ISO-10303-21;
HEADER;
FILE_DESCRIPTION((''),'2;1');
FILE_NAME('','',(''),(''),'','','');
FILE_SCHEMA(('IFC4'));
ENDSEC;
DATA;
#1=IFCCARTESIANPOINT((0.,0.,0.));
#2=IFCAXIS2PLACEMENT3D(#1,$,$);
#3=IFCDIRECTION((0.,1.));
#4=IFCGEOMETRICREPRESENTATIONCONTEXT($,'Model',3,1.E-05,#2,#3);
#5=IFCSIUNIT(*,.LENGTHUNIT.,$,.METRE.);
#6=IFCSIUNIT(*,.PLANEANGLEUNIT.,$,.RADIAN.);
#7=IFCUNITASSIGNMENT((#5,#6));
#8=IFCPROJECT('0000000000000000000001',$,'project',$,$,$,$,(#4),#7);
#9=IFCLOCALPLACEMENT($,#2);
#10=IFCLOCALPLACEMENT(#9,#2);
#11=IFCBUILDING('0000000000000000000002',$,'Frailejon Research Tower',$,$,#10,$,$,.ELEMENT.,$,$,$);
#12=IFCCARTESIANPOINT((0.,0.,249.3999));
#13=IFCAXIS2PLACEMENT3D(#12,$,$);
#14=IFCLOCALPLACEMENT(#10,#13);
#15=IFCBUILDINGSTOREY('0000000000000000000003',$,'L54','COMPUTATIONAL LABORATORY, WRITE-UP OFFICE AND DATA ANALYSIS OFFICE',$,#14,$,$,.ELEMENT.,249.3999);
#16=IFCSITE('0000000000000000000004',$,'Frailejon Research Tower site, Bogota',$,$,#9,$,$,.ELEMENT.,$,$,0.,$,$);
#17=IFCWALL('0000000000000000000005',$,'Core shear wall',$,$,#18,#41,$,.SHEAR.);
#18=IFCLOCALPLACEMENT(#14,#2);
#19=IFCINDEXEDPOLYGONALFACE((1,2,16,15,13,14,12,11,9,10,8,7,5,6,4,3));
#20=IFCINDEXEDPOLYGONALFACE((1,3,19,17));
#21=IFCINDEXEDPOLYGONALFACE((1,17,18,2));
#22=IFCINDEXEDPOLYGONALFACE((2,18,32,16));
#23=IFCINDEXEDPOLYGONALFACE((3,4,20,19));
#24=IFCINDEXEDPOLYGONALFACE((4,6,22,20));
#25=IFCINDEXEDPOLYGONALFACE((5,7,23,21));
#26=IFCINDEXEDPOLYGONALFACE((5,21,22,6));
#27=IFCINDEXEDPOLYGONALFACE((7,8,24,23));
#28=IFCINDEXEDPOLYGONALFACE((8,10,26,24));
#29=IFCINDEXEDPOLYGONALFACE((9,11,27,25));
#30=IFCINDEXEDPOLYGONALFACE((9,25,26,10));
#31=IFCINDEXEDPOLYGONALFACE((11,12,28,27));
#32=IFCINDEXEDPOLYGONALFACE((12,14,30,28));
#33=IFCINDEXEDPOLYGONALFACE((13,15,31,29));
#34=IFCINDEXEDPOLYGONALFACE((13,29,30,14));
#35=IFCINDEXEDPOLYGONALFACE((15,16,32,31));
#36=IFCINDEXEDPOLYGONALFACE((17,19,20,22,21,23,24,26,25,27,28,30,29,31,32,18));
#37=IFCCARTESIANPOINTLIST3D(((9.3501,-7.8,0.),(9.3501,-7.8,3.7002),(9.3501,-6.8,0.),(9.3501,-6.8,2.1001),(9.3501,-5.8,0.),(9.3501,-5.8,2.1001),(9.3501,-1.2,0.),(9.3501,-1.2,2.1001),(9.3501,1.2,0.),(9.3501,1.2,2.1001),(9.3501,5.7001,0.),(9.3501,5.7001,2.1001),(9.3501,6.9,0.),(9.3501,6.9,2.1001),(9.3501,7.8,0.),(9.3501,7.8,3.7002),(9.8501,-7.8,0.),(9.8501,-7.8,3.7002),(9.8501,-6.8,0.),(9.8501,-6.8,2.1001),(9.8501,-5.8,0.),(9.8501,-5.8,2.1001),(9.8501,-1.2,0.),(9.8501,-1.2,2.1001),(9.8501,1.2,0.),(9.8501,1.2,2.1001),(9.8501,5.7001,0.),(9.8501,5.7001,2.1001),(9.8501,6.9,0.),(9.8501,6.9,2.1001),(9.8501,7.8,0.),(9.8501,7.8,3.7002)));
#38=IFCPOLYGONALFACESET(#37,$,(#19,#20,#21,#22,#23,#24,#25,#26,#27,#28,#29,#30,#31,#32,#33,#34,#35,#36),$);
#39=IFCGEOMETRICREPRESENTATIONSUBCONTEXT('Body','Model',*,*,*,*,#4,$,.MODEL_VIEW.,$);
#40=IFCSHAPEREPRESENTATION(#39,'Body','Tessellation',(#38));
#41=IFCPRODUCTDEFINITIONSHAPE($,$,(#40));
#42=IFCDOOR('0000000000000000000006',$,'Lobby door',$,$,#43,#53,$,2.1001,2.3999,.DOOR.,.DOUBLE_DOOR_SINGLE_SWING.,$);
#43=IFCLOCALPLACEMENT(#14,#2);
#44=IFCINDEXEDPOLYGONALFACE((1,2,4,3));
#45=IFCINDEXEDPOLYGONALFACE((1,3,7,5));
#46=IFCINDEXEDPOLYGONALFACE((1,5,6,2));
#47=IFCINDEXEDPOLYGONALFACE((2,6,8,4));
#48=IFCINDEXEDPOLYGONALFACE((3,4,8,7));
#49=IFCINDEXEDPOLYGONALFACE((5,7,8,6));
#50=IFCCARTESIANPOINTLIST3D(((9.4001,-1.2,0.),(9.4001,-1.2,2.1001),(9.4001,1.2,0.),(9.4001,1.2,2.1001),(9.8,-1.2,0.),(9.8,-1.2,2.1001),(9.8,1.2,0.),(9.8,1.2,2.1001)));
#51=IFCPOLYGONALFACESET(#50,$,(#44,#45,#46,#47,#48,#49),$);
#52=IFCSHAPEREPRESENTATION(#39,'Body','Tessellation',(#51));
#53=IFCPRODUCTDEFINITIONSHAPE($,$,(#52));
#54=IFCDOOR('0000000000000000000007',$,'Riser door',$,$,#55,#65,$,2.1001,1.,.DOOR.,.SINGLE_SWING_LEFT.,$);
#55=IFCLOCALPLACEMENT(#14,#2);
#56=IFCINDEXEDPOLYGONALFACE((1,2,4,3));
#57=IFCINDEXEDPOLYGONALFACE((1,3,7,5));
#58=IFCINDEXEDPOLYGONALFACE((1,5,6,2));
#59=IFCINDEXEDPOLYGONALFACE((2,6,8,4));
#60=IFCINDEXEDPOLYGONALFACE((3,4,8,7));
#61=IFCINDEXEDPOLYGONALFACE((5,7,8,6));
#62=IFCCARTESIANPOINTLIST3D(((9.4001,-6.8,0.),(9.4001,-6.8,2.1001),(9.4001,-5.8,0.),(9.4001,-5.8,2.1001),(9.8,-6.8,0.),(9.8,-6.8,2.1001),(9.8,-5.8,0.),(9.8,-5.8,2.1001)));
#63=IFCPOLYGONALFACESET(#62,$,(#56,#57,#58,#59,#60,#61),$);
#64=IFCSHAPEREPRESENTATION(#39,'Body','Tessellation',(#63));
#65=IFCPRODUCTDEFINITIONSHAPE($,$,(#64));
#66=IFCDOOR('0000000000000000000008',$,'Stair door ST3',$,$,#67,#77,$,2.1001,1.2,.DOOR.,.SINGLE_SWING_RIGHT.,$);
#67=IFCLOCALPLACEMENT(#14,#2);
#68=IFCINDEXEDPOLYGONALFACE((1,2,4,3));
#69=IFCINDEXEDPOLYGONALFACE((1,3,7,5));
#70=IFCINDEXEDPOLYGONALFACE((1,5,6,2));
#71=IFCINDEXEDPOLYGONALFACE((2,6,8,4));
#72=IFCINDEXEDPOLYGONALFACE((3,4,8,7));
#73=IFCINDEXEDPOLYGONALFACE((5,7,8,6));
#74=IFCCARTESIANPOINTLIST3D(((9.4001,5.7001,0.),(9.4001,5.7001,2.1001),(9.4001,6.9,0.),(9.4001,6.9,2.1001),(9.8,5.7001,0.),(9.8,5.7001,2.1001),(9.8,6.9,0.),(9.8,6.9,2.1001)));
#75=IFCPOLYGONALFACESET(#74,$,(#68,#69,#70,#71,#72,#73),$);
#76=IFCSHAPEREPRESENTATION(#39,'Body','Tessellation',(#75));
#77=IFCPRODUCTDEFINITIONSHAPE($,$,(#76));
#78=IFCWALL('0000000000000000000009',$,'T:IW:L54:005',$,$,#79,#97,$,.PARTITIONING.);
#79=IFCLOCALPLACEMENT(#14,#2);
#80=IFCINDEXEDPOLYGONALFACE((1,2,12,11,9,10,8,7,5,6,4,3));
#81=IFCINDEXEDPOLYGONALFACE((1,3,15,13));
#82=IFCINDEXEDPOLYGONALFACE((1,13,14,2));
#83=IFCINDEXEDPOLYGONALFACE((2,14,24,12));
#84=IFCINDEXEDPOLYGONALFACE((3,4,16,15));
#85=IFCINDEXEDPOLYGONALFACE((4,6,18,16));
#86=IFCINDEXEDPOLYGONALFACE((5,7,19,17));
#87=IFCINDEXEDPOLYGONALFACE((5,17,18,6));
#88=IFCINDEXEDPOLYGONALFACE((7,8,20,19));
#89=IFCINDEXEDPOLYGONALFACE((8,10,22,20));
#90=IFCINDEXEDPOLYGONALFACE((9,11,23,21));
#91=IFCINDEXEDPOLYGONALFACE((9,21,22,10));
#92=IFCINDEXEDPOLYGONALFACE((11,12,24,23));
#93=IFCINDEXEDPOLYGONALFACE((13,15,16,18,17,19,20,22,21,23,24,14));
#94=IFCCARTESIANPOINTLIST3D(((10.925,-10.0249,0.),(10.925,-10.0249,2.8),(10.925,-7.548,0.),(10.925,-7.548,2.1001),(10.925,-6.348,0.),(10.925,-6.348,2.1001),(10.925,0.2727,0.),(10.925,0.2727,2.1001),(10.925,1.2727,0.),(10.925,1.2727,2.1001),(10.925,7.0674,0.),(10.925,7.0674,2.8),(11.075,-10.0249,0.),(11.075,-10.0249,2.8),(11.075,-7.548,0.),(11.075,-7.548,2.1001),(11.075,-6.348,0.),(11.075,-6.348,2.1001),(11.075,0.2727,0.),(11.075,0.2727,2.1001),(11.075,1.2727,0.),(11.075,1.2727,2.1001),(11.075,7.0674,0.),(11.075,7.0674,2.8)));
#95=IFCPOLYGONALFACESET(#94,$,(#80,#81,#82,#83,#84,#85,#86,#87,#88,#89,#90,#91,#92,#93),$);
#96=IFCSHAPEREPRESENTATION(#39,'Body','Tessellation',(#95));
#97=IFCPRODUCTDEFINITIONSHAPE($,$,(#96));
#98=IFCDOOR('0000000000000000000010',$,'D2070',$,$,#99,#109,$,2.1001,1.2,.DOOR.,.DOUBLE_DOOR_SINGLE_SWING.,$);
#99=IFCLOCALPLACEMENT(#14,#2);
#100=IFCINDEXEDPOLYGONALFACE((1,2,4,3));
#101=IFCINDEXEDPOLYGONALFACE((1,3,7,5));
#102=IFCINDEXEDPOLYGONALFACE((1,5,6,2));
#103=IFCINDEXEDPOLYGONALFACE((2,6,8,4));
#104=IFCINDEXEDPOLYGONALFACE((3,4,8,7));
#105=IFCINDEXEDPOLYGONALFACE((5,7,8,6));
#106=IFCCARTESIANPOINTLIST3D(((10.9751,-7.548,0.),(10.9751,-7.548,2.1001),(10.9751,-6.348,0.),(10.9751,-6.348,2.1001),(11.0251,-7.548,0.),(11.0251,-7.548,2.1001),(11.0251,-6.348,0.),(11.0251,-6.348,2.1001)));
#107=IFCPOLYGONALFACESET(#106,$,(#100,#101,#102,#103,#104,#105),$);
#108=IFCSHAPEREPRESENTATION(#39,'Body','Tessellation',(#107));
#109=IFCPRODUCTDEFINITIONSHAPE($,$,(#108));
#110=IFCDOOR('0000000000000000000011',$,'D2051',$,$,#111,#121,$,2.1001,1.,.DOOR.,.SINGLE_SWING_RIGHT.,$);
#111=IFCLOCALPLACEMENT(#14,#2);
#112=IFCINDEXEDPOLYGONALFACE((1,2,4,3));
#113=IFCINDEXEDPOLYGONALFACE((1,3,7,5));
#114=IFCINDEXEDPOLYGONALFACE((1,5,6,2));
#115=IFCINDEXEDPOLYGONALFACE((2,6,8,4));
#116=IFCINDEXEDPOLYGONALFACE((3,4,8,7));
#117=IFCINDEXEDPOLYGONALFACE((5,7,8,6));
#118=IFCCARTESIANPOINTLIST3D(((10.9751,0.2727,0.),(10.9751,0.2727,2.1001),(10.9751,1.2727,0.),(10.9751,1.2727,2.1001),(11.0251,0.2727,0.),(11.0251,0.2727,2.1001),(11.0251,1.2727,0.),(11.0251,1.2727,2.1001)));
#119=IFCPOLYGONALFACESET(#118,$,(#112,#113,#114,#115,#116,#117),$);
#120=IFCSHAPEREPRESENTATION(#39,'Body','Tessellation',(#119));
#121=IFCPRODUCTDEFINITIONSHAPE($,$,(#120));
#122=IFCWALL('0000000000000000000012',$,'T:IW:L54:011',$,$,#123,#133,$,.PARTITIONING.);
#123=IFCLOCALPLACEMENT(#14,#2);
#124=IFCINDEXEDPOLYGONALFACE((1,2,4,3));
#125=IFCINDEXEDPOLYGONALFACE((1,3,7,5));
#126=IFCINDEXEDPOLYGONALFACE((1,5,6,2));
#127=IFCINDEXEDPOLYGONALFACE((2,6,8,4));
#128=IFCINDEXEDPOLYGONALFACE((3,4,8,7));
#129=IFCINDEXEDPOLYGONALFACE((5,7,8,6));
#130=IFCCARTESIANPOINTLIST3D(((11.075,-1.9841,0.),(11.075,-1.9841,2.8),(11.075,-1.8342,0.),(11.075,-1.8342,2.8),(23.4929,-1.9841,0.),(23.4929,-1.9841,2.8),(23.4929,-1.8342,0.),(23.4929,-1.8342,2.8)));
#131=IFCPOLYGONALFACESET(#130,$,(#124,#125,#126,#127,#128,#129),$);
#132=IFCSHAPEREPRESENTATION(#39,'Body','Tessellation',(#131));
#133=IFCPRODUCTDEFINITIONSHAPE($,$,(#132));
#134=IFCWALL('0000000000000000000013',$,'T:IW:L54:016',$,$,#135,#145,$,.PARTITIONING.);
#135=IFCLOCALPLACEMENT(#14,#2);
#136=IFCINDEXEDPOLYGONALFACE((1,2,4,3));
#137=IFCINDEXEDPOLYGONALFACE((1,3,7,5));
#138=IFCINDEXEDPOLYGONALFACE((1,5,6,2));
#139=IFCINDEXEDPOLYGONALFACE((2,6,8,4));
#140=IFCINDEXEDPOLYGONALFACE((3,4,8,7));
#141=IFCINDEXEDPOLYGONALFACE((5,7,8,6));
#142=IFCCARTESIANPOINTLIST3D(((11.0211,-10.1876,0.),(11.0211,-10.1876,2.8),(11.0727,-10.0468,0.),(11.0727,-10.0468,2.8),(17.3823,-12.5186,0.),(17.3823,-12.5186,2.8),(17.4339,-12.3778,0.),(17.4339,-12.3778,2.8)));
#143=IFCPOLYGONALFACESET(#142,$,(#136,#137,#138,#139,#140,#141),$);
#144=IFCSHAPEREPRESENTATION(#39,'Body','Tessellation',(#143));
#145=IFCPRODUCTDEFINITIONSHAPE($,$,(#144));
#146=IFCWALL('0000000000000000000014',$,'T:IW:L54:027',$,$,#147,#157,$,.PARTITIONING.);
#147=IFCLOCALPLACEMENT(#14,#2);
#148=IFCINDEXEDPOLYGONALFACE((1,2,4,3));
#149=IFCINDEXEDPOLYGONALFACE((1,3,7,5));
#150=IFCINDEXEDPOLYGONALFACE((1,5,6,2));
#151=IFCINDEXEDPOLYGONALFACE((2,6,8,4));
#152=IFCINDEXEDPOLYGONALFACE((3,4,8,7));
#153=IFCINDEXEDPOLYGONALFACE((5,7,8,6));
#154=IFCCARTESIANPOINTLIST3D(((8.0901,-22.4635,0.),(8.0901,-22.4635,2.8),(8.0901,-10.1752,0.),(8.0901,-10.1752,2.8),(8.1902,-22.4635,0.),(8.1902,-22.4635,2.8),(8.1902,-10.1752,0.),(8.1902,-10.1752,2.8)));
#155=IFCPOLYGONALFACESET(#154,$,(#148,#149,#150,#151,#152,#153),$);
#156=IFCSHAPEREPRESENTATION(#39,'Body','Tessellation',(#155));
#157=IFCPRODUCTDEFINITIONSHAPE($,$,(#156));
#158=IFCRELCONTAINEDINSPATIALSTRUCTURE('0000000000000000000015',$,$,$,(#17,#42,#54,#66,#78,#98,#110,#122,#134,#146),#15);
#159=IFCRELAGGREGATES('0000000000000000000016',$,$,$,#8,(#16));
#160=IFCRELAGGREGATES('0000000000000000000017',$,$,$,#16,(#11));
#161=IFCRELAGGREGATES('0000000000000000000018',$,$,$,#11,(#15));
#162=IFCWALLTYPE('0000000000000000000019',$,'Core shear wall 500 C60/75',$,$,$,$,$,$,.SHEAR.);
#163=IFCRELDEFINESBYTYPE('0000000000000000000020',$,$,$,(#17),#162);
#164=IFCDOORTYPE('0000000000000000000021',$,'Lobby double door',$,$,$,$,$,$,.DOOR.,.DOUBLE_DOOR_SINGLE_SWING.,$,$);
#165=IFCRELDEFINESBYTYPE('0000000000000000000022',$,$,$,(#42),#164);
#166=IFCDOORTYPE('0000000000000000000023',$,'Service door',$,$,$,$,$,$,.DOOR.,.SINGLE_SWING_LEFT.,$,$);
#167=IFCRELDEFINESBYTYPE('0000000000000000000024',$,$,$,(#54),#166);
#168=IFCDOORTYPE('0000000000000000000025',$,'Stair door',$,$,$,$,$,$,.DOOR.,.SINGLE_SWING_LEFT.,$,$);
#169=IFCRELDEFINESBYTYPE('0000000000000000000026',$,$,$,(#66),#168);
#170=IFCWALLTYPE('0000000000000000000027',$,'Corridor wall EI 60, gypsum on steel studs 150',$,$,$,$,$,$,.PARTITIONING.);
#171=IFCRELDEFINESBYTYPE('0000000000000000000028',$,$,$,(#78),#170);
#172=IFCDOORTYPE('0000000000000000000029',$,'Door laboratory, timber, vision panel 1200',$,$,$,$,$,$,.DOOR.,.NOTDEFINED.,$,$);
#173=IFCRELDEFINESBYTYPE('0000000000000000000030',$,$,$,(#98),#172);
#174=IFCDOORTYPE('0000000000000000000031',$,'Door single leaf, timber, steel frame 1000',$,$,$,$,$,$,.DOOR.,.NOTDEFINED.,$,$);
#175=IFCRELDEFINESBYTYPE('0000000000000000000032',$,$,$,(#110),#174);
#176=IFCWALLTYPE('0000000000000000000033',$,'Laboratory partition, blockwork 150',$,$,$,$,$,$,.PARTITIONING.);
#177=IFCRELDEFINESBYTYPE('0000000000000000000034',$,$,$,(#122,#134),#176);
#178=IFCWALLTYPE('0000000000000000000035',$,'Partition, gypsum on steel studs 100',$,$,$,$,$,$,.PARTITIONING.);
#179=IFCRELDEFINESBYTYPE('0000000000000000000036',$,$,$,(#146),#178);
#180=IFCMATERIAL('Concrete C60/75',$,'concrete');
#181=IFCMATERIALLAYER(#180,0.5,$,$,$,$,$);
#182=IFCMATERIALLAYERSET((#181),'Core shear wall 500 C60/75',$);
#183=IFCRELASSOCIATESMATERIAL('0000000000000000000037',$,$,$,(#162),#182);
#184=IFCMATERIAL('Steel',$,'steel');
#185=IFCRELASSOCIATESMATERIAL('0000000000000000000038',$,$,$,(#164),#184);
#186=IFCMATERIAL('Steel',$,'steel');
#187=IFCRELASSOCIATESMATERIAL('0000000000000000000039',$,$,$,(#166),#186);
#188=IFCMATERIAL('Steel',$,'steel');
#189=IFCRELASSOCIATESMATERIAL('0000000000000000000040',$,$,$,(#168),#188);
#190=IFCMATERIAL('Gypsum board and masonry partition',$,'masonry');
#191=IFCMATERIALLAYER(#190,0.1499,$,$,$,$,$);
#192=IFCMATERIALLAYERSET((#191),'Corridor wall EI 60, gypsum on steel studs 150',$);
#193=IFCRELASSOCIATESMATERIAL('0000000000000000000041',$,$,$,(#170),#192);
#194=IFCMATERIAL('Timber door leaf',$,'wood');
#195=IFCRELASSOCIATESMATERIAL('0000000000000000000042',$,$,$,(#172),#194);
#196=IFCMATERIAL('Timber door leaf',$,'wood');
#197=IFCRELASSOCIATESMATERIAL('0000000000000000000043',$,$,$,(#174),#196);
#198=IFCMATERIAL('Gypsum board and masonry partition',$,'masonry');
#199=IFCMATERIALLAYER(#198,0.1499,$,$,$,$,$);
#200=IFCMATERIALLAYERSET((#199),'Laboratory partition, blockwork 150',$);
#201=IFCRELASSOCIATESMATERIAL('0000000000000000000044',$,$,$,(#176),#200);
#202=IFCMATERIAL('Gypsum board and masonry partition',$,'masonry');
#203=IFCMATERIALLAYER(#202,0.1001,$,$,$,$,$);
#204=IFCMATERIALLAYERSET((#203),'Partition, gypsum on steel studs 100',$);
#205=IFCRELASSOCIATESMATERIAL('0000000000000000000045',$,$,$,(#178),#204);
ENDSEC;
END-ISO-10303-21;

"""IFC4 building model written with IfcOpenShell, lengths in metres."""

from ifc_helpers import new_model, si_unit, direction, frame, frame_2d, origin, place, context, subcontext, project, spatial, rectangle, extrude, material, layer, layer_set, type_object, element, fill, save


model = new_model("IFC4")

# Units and contexts
model_context = context("Model", 3, precision=1e-05, world=origin(), true_north=direction((0.0, 1.0)))
body_context = subcontext(model_context, "Body", "Model", "MODEL_VIEW")
ifc_project = project(units=[si_unit("LENGTHUNIT", "METRE"), si_unit("PLANEANGLEUNIT", "RADIAN")], contexts=[model_context])

# Site, building, storey
site_placement = place(None, origin())
site = spatial("IfcSite", under=ifc_project, at=site_placement, Name="Frailejon Research Tower site, Bogota", CompositionType="ELEMENT", RefElevation=0.0)
building_placement = place(site_placement, origin())
building = spatial("IfcBuilding", under=site, at=building_placement, Name="Frailejon Research Tower", CompositionType="ELEMENT")
storey_placement = place(building_placement, frame((0.0, 0.0, 249.3999)))
storey = spatial("IfcBuildingStorey", under=building, at=storey_placement, Name="L54", Description="COMPUTATIONAL LABORATORY, WRITE-UP OFFICE AND DATA ANALYSIS OFFICE", CompositionType="ELEMENT", Elevation=249.3999)

# Walls, openings, doors
ifc_material_1 = material(Name="Concrete C60/75", Category="concrete")
ifc_layer_1 = layer(ifc_material_1, 0.5)
ifc_layer_set_1 = layer_set([ifc_layer_1], Name="Core shear wall 500 C60/75")
wall_type_1 = type_object("IfcWallType", Name="Core shear wall 500 C60/75", PredefinedType="SHEAR", material=ifc_layer_set_1)
wall_1_placement = place(storey_placement, frame((9.6001, -7.8, 0.0), z_axis=(0.0, 0.0, 1.0), x_axis=(0.0, 1.0, 0.0)))
wall_1 = element("IfcWall", 1, at=wall_1_placement, inside=storey, type_object=wall_type_1, Name="Core shear wall", PredefinedType="SHEAR", context=body_context, shape_type="SweptSolid", body=[
    extrude(rectangle(XDim=15.6001, YDim=0.5, at=frame_2d((7.8, 0.0))), origin(), (0.0, 0.0, 1.0), 3.7002),
])
opening_1_placement = place(wall_1_placement, frame((6.6001, 0.0, 0.0)))
opening_1 = element("IfcOpeningElement", 2, at=opening_1_placement, cuts=wall_1, PredefinedType="OPENING", context=body_context, shape_type="SweptSolid", body=[
    extrude(rectangle(XDim=2.3999, YDim=2.1001, at=frame_2d((1.2, 1.05))), frame((0.0, 0.26, 0.0), z_axis=(0.0, -1.0, 0.0), x_axis=(1.0, 0.0, 0.0)), (0.0, 0.0, 1.0), 0.52),
])
opening_2_placement = place(wall_1_placement, frame((13.5, 0.0, 0.0)))
opening_2 = element("IfcOpeningElement", 3, at=opening_2_placement, cuts=wall_1, PredefinedType="OPENING", context=body_context, shape_type="SweptSolid", body=[
    extrude(rectangle(XDim=1.2, YDim=2.1001, at=frame_2d((0.6001, 1.05))), frame((0.0, 0.26, 0.0), z_axis=(0.0, -1.0, 0.0), x_axis=(1.0, 0.0, 0.0)), (0.0, 0.0, 1.0), 0.52),
])
opening_3_placement = place(wall_1_placement, frame((1.0, 0.0, 0.0)))
opening_3 = element("IfcOpeningElement", 4, at=opening_3_placement, cuts=wall_1, PredefinedType="OPENING", context=body_context, shape_type="SweptSolid", body=[
    extrude(rectangle(XDim=1.0, YDim=2.1001, at=frame_2d((0.5, 1.05))), frame((0.0, 0.26, 0.0), z_axis=(0.0, -1.0, 0.0), x_axis=(1.0, 0.0, 0.0)), (0.0, 0.0, 1.0), 0.52),
])
ifc_material_2 = material(Name="Steel", Category="steel")
door_type_1 = type_object("IfcDoorType", Name="Lobby double door", OperationType="DOUBLE_DOOR_SINGLE_SWING", PredefinedType="DOOR", material=ifc_material_2)
door_1_placement = place(opening_1_placement, origin())
door_1 = element("IfcDoor", 5, at=door_1_placement, inside=storey, type_object=door_type_1, Name="Lobby door", OperationType="DOUBLE_DOOR_SINGLE_SWING", OverallHeight=2.1001, OverallWidth=2.3999, PredefinedType="DOOR", context=body_context, shape_type="SweptSolid", body=[
    extrude(rectangle(XDim=2.3999, YDim=2.1001, at=frame_2d((1.2, 1.05))), frame((0.0, 0.2, 0.0), z_axis=(0.0, -1.0, 0.0), x_axis=(1.0, 0.0, 0.0)), (0.0, 0.0, 1.0), 0.3999),
])
fill(opening_1, door_1)
ifc_material_3 = material(Name="Steel", Category="steel")
door_type_2 = type_object("IfcDoorType", Name="Service door", OperationType="SINGLE_SWING_LEFT", PredefinedType="DOOR", material=ifc_material_3)
door_2_placement = place(opening_3_placement, origin())
door_2 = element("IfcDoor", 6, at=door_2_placement, inside=storey, type_object=door_type_2, Name="Riser door", OperationType="SINGLE_SWING_LEFT", OverallHeight=2.1001, OverallWidth=1.0, PredefinedType="DOOR", context=body_context, shape_type="SweptSolid", body=[
    extrude(rectangle(XDim=1.0, YDim=2.1001, at=frame_2d((0.5, 1.05))), frame((0.0, 0.2, 0.0), z_axis=(0.0, -1.0, 0.0), x_axis=(1.0, 0.0, 0.0)), (0.0, 0.0, 1.0), 0.3999),
])
fill(opening_3, door_2)
ifc_material_4 = material(Name="Steel", Category="steel")
door_type_3 = type_object("IfcDoorType", Name="Stair door", OperationType="SINGLE_SWING_LEFT", PredefinedType="DOOR", material=ifc_material_4)
door_3_placement = place(opening_2_placement, origin())
door_3 = element("IfcDoor", 7, at=door_3_placement, inside=storey, type_object=door_type_3, Name="Stair door ST3", OperationType="SINGLE_SWING_RIGHT", OverallHeight=2.1001, OverallWidth=1.2, PredefinedType="DOOR", context=body_context, shape_type="SweptSolid", body=[
    extrude(rectangle(XDim=1.2, YDim=2.1001, at=frame_2d((0.6001, 1.05))), frame((0.0, 0.2, 0.0), z_axis=(0.0, -1.0, 0.0), x_axis=(1.0, 0.0, 0.0)), (0.0, 0.0, 1.0), 0.3999),
])
fill(opening_2, door_3)
ifc_material_5 = material(Name="Gypsum board and masonry partition", Category="masonry")
ifc_layer_2 = layer(ifc_material_5, 0.1499)
ifc_layer_set_2 = layer_set([ifc_layer_2], Name="Corridor wall EI 60, gypsum on steel studs 150")
wall_type_2 = type_object("IfcWallType", Name="Corridor wall EI 60, gypsum on steel studs 150", PredefinedType="PARTITIONING", material=ifc_layer_set_2)
wall_2_placement = place(storey_placement, frame((11.0, -10.0249, 0.0), z_axis=(0.0, 0.0, 1.0), x_axis=(0.0, 1.0, 0.0)))
wall_2 = element("IfcWall", 8, at=wall_2_placement, inside=storey, type_object=wall_type_2, Name="T:IW:L54:005", PredefinedType="PARTITIONING", context=body_context, shape_type="SweptSolid", body=[
    extrude(rectangle(XDim=17.0923, YDim=0.1499, at=frame_2d((8.5461, 0.0))), origin(), (0.0, 0.0, 1.0), 2.8),
])
opening_4_placement = place(wall_2_placement, frame((10.2976, 0.0, 0.0)))
opening_4 = element("IfcOpeningElement", 9, at=opening_4_placement, cuts=wall_2, PredefinedType="OPENING", context=body_context, shape_type="SweptSolid", body=[
    extrude(rectangle(XDim=1.0, YDim=2.1001, at=frame_2d((0.5, 1.05))), frame((0.0, 0.085, 0.0), z_axis=(0.0, -1.0, 0.0), x_axis=(1.0, 0.0, 0.0)), (0.0, 0.0, 1.0), 0.1699),
])
opening_5_placement = place(wall_2_placement, frame((2.4768, 0.0, 0.0)))
opening_5 = element("IfcOpeningElement", 10, at=opening_5_placement, cuts=wall_2, PredefinedType="OPENING", context=body_context, shape_type="SweptSolid", body=[
    extrude(rectangle(XDim=1.2, YDim=2.1001, at=frame_2d((0.6001, 1.05))), frame((0.0, 0.085, 0.0), z_axis=(0.0, -1.0, 0.0), x_axis=(1.0, 0.0, 0.0)), (0.0, 0.0, 1.0), 0.1699),
])
ifc_material_6 = material(Name="Timber door leaf", Category="wood")
door_type_4 = type_object("IfcDoorType", Name="Door laboratory, timber, vision panel 1200", OperationType="NOTDEFINED", PredefinedType="DOOR", material=ifc_material_6)
door_4_placement = place(opening_5_placement, origin())
door_4 = element("IfcDoor", 11, at=door_4_placement, inside=storey, type_object=door_type_4, Name="D2070", OperationType="DOUBLE_DOOR_SINGLE_SWING", OverallHeight=2.1001, OverallWidth=1.2, PredefinedType="DOOR", context=body_context, shape_type="SweptSolid", body=[
    extrude(rectangle(XDim=1.2, YDim=2.1001, at=frame_2d((0.6001, 1.05))), frame((0.0, 0.0249, 0.0), z_axis=(0.0, -1.0, 0.0), x_axis=(1.0, 0.0, 0.0)), (0.0, 0.0, 1.0), 0.05),
])
fill(opening_5, door_4)
ifc_material_7 = material(Name="Timber door leaf", Category="wood")
door_type_5 = type_object("IfcDoorType", Name="Door single leaf, timber, steel frame 1000", OperationType="NOTDEFINED", PredefinedType="DOOR", material=ifc_material_7)
door_5_placement = place(opening_4_placement, origin())
door_5 = element("IfcDoor", 12, at=door_5_placement, inside=storey, type_object=door_type_5, Name="D2051", OperationType="SINGLE_SWING_RIGHT", OverallHeight=2.1001, OverallWidth=1.0, PredefinedType="DOOR", context=body_context, shape_type="SweptSolid", body=[
    extrude(rectangle(XDim=1.0, YDim=2.1001, at=frame_2d((0.5, 1.05))), frame((0.0, 0.0249, 0.0), z_axis=(0.0, -1.0, 0.0), x_axis=(1.0, 0.0, 0.0)), (0.0, 0.0, 1.0), 0.05),
])
fill(opening_4, door_5)

# Walls
ifc_material_8 = material(Name="Gypsum board and masonry partition", Category="masonry")
ifc_layer_3 = layer(ifc_material_8, 0.1499)
ifc_layer_set_3 = layer_set([ifc_layer_3], Name="Laboratory partition, blockwork 150")
wall_type_3 = type_object("IfcWallType", Name="Laboratory partition, blockwork 150", PredefinedType="PARTITIONING", material=ifc_layer_set_3)
wall_3_placement = place(storey_placement, frame((11.075, -1.9092, 0.0), z_axis=(0.0, 0.0, 1.0), x_axis=(1.0, 0.0, 0.0)))
element("IfcWall", 13, at=wall_3_placement, inside=storey, type_object=wall_type_3, Name="T:IW:L54:011", PredefinedType="PARTITIONING", context=body_context, shape_type="SweptSolid", body=[
    extrude(rectangle(XDim=12.418, YDim=0.1499, at=frame_2d((6.209, 0.0))), origin(), (0.0, 0.0, 1.0), 2.8),
])
wall_4_placement = place(storey_placement, frame((11.0469, -10.1172, 0.0), z_axis=(0.0, 0.0, 1.0), x_axis=(0.938945, -0.344068, 0.0)))
element("IfcWall", 14, at=wall_4_placement, inside=storey, type_object=wall_type_3, Name="T:IW:L54:016", PredefinedType="PARTITIONING", context=body_context, shape_type="SweptSolid", body=[
    extrude(rectangle(XDim=6.7749, YDim=0.1499, at=frame_2d((3.3875, 0.0))), origin(), (0.0, 0.0, 1.0), 2.8),
])
ifc_material_9 = material(Name="Gypsum board and masonry partition", Category="masonry")
ifc_layer_4 = layer(ifc_material_9, 0.1001)
ifc_layer_set_4 = layer_set([ifc_layer_4], Name="Partition, gypsum on steel studs 100")
wall_type_4 = type_object("IfcWallType", Name="Partition, gypsum on steel studs 100", PredefinedType="PARTITIONING", material=ifc_layer_set_4)
wall_5_placement = place(storey_placement, frame((8.1401, -22.4634, 0.0), z_axis=(0.0, 0.0, 1.0), x_axis=(0.0, 1.0, 0.0)))
element("IfcWall", 15, at=wall_5_placement, inside=storey, type_object=wall_type_4, Name="T:IW:L54:027", PredefinedType="PARTITIONING", context=body_context, shape_type="SweptSolid", body=[
    extrude(rectangle(XDim=12.2883, YDim=0.1001, at=frame_2d((6.144, 0.0))), origin(), (0.0, 0.0, 1.0), 2.8),
])

save(model, "model.ifc")
